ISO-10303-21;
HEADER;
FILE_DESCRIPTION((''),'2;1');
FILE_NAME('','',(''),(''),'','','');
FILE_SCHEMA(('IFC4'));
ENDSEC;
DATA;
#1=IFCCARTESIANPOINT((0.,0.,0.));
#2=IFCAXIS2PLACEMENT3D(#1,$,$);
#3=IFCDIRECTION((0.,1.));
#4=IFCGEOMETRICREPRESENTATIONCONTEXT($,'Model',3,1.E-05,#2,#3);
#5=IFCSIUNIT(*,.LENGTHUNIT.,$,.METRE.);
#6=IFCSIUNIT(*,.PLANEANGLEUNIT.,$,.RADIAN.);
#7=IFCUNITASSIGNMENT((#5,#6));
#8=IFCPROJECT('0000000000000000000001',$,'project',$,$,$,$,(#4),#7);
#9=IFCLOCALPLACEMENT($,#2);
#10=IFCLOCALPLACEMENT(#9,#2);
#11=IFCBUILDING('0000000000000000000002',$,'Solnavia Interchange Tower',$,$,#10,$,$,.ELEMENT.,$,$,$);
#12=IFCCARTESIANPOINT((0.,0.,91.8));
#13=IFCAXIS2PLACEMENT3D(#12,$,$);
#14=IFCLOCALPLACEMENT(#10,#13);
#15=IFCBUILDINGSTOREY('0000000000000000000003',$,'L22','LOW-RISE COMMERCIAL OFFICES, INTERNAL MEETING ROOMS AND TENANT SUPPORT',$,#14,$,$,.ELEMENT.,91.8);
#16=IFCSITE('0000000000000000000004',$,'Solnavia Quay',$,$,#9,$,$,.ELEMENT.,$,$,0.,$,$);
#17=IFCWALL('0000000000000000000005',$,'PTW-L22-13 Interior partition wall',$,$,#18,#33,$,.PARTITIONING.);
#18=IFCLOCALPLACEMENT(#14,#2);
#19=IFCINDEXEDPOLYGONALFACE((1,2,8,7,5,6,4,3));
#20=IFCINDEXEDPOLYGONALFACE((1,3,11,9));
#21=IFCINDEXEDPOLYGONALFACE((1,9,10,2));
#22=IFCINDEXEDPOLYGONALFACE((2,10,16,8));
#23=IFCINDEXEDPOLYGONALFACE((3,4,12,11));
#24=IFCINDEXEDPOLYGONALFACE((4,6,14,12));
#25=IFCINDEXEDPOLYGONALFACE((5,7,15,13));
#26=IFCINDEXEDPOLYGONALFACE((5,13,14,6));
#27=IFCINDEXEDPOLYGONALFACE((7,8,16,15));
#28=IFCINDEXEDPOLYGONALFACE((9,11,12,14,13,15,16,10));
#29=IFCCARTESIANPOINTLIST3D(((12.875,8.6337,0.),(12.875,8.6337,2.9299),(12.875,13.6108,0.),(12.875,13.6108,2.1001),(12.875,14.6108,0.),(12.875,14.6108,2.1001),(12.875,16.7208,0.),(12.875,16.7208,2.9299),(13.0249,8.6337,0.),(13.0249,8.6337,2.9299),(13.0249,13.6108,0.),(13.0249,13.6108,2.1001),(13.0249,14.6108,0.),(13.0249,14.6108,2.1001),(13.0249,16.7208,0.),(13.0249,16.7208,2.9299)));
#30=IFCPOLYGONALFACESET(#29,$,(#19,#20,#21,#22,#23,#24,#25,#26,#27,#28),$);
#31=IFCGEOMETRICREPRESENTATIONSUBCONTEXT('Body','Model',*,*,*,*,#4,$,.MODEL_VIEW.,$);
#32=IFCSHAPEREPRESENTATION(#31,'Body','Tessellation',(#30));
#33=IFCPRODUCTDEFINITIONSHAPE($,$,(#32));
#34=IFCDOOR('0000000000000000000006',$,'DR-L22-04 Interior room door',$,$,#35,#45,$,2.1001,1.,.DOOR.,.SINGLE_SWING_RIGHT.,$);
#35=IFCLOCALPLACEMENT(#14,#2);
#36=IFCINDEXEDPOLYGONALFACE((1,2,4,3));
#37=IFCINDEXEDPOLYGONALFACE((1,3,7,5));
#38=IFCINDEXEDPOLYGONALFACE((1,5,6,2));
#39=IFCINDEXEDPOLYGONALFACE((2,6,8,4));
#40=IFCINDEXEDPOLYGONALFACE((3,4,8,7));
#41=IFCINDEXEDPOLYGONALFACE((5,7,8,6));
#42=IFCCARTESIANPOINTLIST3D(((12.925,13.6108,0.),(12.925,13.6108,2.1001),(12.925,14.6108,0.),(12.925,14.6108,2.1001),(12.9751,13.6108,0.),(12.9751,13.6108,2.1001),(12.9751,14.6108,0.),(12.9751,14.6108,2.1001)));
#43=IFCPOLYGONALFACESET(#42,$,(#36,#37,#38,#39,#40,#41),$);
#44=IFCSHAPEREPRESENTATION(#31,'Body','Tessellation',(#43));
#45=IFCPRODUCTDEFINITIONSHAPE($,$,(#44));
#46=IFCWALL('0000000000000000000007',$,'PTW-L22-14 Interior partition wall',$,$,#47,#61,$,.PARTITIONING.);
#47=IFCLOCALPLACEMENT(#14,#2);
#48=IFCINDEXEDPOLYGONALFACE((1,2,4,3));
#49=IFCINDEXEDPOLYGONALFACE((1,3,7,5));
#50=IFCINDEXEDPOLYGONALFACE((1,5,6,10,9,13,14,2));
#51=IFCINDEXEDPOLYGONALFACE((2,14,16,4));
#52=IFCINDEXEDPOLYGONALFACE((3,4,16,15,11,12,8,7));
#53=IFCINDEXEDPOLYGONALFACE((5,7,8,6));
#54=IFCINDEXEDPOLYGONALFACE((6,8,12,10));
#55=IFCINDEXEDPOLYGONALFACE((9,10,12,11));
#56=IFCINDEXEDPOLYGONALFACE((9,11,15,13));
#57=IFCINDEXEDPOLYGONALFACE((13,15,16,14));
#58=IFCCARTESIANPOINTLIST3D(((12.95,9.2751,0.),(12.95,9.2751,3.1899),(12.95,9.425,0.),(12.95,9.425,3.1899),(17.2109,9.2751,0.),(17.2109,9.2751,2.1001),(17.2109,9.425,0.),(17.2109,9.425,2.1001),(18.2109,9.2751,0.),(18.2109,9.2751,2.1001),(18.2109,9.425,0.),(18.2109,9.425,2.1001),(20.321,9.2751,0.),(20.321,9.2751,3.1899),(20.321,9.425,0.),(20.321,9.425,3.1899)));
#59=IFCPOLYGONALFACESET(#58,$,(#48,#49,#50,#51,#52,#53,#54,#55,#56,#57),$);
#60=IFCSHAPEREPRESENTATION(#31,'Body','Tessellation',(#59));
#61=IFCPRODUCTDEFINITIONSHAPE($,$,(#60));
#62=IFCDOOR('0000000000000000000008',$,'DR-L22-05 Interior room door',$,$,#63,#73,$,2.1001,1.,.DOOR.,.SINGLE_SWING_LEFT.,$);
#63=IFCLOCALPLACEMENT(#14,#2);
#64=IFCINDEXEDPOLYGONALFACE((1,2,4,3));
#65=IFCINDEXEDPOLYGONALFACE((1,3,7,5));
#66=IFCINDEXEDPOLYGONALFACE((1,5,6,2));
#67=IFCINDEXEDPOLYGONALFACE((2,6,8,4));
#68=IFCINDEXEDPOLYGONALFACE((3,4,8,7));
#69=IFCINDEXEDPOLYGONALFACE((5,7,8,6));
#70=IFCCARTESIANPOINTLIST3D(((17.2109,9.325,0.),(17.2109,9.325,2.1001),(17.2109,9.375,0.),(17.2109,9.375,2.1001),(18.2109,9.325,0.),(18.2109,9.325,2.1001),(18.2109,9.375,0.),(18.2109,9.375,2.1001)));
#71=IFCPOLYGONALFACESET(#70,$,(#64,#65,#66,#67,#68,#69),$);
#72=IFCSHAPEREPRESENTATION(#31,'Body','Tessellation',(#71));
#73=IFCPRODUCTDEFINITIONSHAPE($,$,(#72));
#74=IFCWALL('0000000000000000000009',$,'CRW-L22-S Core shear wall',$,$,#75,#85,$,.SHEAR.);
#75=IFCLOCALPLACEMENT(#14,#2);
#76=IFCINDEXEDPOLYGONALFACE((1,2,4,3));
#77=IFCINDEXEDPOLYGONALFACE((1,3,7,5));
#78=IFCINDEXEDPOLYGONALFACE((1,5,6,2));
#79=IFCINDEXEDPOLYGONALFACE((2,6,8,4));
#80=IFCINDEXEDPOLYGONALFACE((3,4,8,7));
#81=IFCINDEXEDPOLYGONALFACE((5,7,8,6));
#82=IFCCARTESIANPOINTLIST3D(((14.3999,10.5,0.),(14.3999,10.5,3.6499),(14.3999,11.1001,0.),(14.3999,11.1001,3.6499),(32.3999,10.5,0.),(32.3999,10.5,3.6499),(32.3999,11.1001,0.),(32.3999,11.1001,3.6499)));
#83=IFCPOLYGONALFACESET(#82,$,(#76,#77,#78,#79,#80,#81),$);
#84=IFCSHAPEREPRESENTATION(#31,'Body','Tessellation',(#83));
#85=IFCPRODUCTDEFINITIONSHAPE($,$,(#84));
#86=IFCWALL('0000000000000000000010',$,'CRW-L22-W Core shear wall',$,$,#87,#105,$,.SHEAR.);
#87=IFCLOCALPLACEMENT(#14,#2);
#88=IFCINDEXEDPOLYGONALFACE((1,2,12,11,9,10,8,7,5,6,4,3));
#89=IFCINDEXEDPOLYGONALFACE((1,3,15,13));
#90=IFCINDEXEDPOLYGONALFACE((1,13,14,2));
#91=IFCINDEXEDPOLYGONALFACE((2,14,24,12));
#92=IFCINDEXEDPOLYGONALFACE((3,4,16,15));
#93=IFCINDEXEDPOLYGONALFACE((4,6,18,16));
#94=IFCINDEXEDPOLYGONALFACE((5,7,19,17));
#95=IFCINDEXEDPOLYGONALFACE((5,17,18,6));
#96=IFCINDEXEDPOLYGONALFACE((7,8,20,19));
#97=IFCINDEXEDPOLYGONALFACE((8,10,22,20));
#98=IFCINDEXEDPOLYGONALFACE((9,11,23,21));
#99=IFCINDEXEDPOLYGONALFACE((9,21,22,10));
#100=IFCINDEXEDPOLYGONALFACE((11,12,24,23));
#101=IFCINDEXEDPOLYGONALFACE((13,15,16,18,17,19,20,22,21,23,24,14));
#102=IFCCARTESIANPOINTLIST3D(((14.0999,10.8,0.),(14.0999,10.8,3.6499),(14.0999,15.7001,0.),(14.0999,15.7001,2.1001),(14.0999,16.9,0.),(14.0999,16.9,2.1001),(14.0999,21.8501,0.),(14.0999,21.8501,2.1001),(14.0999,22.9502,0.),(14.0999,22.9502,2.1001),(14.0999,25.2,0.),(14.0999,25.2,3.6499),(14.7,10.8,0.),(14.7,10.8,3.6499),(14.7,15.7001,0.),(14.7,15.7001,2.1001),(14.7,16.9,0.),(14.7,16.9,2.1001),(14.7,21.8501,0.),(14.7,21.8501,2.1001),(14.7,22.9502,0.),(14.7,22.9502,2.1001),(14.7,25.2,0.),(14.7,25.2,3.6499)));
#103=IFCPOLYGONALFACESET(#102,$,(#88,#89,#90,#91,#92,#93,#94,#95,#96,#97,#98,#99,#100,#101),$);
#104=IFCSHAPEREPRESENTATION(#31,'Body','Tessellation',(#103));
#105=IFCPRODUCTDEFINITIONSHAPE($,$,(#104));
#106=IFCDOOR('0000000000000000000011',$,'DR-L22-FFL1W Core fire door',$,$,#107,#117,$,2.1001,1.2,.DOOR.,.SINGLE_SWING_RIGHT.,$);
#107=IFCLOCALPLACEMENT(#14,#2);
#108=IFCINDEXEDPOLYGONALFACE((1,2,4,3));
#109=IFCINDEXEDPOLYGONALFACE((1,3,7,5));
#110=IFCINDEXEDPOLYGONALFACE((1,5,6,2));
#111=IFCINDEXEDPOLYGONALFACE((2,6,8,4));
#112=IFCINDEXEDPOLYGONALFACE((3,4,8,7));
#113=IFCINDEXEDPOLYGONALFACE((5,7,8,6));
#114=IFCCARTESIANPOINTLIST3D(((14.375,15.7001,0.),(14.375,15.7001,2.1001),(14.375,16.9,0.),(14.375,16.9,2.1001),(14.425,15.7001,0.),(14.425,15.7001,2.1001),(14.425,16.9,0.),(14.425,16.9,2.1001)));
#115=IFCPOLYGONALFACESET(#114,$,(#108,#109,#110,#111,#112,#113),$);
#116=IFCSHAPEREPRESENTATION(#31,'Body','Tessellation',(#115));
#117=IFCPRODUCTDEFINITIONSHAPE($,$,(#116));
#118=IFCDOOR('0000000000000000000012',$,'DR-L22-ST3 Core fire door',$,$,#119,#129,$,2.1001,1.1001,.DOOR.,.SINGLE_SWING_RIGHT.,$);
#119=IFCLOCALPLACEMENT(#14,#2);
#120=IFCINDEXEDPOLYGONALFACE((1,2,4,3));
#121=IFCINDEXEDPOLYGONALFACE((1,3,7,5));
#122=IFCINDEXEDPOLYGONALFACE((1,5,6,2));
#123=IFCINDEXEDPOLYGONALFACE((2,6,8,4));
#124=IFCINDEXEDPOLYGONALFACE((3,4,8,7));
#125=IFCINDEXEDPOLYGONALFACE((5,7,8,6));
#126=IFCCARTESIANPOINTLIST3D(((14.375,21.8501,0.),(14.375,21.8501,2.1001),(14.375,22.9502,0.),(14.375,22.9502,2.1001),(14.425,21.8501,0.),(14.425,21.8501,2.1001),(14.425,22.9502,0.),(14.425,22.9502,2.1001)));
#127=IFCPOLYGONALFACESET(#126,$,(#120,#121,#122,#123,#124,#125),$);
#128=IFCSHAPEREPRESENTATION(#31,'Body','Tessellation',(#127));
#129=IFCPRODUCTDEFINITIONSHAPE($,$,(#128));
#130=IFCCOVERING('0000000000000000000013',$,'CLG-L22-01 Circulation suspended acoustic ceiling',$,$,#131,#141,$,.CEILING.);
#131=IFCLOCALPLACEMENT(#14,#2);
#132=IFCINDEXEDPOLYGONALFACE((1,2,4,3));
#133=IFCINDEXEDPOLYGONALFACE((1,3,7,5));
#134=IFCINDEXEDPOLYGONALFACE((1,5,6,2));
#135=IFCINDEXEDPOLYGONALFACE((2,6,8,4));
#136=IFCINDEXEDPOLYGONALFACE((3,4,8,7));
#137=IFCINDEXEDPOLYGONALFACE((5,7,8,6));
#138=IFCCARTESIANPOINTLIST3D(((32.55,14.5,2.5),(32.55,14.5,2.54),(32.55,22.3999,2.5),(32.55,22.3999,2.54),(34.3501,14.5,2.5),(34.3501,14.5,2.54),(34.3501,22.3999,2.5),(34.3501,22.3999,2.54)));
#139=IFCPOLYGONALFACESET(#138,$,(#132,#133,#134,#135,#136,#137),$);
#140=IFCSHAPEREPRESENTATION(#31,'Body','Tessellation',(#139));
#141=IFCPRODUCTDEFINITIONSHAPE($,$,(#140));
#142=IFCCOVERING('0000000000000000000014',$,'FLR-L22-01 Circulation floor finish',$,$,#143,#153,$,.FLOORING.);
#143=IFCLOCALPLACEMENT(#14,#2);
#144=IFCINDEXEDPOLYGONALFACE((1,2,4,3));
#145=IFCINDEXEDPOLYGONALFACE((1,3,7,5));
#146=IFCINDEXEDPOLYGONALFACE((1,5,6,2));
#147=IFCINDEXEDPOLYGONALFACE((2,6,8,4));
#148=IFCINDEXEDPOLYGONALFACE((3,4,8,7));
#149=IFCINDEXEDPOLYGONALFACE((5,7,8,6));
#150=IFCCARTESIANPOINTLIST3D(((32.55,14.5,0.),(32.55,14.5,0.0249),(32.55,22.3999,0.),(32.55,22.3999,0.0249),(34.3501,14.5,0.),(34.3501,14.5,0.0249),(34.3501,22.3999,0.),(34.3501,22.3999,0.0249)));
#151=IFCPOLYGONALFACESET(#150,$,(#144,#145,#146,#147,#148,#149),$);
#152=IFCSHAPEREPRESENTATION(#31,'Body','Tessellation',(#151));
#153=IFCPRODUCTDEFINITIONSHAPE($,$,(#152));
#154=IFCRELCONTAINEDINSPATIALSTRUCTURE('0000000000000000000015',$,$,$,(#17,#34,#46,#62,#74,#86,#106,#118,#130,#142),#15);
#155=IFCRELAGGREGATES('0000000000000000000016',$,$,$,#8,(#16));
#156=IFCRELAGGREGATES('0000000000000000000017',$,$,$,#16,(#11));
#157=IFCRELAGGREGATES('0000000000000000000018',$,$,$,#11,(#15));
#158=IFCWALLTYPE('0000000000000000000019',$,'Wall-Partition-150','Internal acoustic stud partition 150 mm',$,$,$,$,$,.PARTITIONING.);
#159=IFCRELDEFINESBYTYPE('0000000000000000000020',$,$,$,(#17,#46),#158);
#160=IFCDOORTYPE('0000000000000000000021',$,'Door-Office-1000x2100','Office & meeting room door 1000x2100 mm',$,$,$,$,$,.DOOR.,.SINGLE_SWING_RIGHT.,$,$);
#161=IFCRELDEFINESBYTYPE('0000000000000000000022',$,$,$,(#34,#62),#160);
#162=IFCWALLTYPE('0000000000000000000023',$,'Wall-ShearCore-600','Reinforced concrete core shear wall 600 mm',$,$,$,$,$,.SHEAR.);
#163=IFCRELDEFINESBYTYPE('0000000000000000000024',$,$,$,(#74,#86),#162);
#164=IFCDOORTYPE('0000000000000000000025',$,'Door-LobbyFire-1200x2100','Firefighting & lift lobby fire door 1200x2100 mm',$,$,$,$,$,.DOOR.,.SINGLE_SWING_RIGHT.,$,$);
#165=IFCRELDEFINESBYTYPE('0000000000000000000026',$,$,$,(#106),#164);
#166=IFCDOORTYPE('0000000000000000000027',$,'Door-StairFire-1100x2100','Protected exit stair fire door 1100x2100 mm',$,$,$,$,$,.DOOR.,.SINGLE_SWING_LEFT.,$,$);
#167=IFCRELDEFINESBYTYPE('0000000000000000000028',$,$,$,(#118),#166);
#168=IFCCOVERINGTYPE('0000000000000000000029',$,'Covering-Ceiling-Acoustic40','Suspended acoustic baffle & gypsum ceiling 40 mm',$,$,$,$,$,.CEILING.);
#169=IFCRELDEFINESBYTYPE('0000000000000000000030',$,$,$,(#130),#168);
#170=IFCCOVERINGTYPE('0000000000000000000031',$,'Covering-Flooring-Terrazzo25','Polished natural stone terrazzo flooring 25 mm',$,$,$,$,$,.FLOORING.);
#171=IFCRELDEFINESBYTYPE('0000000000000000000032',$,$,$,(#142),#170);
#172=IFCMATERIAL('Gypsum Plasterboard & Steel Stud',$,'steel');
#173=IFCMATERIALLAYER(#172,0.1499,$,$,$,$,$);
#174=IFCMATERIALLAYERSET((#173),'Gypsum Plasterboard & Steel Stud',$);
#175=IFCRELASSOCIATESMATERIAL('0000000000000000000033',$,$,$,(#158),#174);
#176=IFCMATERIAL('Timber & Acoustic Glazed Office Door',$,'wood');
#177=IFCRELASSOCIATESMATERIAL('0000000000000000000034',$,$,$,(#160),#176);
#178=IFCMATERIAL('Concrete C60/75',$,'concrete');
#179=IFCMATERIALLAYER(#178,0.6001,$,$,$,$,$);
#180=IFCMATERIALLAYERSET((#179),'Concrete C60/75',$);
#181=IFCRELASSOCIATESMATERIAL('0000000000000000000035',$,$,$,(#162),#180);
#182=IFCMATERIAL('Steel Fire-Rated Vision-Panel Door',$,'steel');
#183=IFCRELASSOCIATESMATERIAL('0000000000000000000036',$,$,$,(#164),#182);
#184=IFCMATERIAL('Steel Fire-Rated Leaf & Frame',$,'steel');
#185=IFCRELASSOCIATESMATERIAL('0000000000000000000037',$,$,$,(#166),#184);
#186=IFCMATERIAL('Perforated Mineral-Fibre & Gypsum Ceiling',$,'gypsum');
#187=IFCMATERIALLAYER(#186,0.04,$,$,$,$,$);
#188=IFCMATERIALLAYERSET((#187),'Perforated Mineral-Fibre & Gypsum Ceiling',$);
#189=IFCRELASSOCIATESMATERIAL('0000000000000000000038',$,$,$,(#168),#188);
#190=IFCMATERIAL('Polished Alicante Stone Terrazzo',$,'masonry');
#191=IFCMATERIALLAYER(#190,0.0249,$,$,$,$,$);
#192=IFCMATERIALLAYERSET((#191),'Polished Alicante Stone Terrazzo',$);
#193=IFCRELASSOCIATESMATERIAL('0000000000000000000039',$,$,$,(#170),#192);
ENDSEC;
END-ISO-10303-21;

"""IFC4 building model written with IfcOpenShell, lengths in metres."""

from ifc_helpers import new_model, si_unit, direction, frame, frame_2d, origin, place, context, subcontext, project, spatial, polyline, rectangle, outline, extrude, material, layer, layer_set, type_object, element, fill, save


model = new_model("IFC4")

# Units and contexts
model_context = context("Model", 3, precision=1e-05, world=origin(), true_north=direction((0.0, 1.0)))
body_context = subcontext(model_context, "Body", "Model", "MODEL_VIEW")
ifc_project = project(units=[si_unit("LENGTHUNIT", "METRE"), si_unit("PLANEANGLEUNIT", "RADIAN")], contexts=[model_context])

# Site, building, storey
site_placement = place(None, origin())
site = spatial("IfcSite", under=ifc_project, at=site_placement, Name="Solnavia Quay", CompositionType="ELEMENT", RefElevation=0.0)
building_placement = place(site_placement, origin())
building = spatial("IfcBuilding", under=site, at=building_placement, Name="Solnavia Interchange Tower", CompositionType="ELEMENT")
storey_placement = place(building_placement, frame((0.0, 0.0, 91.8)))
storey = spatial("IfcBuildingStorey", under=building, at=storey_placement, Name="L22", Description="LOW-RISE COMMERCIAL OFFICES, INTERNAL MEETING ROOMS AND TENANT SUPPORT", CompositionType="ELEMENT", Elevation=91.8)

# Shared definitions
ifc_material_1 = material(Name="Concrete C60/75", Category="concrete")

# Shared definitions
ifc_material_2 = material(Name="Gypsum Plasterboard & Steel Stud", Category="steel")
ifc_layer_1 = layer(ifc_material_2, 0.1499)
ifc_layer_set_1 = layer_set([ifc_layer_1], Name="Gypsum Plasterboard & Steel Stud")
wall_type_1 = type_object("IfcWallType", Name="Wall-Partition-150", Description="Internal acoustic stud partition 150 mm", PredefinedType="PARTITIONING", material=ifc_layer_set_1)

# Walls, openings, doors
wall_1_placement = place(storey_placement, frame((12.95, 8.6338, 0.0), z_axis=(0.0, 0.0, 1.0), x_axis=(0.0, 1.0, 0.0)))
wall_1 = element("IfcWall", 1, at=wall_1_placement, inside=storey, type_object=wall_type_1, Name="PTW-L22-13 Interior partition wall", PredefinedType="PARTITIONING", context=body_context, shape_type="SweptSolid", body=[
    extrude(rectangle(XDim=8.0872, YDim=0.1499, at=frame_2d((4.0435, 0.0))), origin(), (0.0, 0.0, 1.0), 2.9299),
])
opening_1_placement = place(wall_1_placement, frame((4.9771, 0.0, 0.0)))
opening_1 = element("IfcOpeningElement", 2, at=opening_1_placement, cuts=wall_1, PredefinedType="OPENING", context=body_context, shape_type="SweptSolid", body=[
    extrude(rectangle(XDim=1.0, YDim=2.1001, at=frame_2d((0.5, 1.05))), frame((0.0, 0.085, 0.0), z_axis=(0.0, -1.0, 0.0), x_axis=(1.0, 0.0, 0.0)), (0.0, 0.0, 1.0), 0.1699),
])
ifc_material_3 = material(Name="Timber & Acoustic Glazed Office Door", Category="wood")
door_type_1 = type_object("IfcDoorType", Name="Door-Office-1000x2100", Description="Office & meeting room door 1000x2100 mm", OperationType="SINGLE_SWING_RIGHT", PredefinedType="DOOR", material=ifc_material_3)
door_1_placement = place(opening_1_placement, origin())
door_1 = element("IfcDoor", 3, at=door_1_placement, inside=storey, type_object=door_type_1, Name="DR-L22-04 Interior room door", OperationType="SINGLE_SWING_RIGHT", OverallHeight=2.1001, OverallWidth=1.0, PredefinedType="DOOR", context=body_context, shape_type="SweptSolid", body=[
    extrude(rectangle(XDim=1.0, YDim=2.1001, at=frame_2d((0.5, 1.05))), frame((0.0, 0.0249, 0.0), z_axis=(0.0, -1.0, 0.0), x_axis=(1.0, 0.0, 0.0)), (0.0, 0.0, 1.0), 0.05),
])
fill(opening_1, door_1)
wall_2_placement = place(storey_placement, frame((12.95, 9.3501, 0.0), z_axis=(0.0, 0.0, 1.0), x_axis=(1.0, 0.0, 0.0)))
wall_2 = element("IfcWall", 4, at=wall_2_placement, inside=storey, type_object=wall_type_1, Name="PTW-L22-14 Interior partition wall", PredefinedType="PARTITIONING", context=body_context, shape_type="SweptSolid", body=[
    extrude(rectangle(XDim=7.3711, YDim=0.1499, at=frame_2d((3.6855, 0.0))), origin(), (0.0, 0.0, 1.0), 3.1899),
])
opening_2_placement = place(wall_2_placement, frame((4.261, 0.0, 0.0)))
opening_2 = element("IfcOpeningElement", 5, at=opening_2_placement, cuts=wall_2, PredefinedType="OPENING", context=body_context, shape_type="SweptSolid", body=[
    extrude(rectangle(XDim=1.0, YDim=2.1001, at=frame_2d((0.5, 1.05))), frame((0.0, 0.085, 0.0), z_axis=(0.0, -1.0, 0.0), x_axis=(1.0, 0.0, 0.0)), (0.0, 0.0, 1.0), 0.1699),
])
door_2_placement = place(opening_2_placement, origin())
door_2 = element("IfcDoor", 6, at=door_2_placement, inside=storey, type_object=door_type_1, Name="DR-L22-05 Interior room door", OperationType="SINGLE_SWING_LEFT", OverallHeight=2.1001, OverallWidth=1.0, PredefinedType="DOOR", context=body_context, shape_type="SweptSolid", body=[
    extrude(rectangle(XDim=1.0, YDim=2.1001, at=frame_2d((0.5, 1.05))), frame((0.0, 0.0249, 0.0), z_axis=(0.0, -1.0, 0.0), x_axis=(1.0, 0.0, 0.0)), (0.0, 0.0, 1.0), 0.05),
])
fill(opening_2, door_2)

# Wall
ifc_layer_2 = layer(ifc_material_1, 0.6001)
ifc_layer_set_2 = layer_set([ifc_layer_2], Name="Concrete C60/75")
wall_type_2 = type_object("IfcWallType", Name="Wall-ShearCore-600", Description="Reinforced concrete core shear wall 600 mm", PredefinedType="SHEAR", material=ifc_layer_set_2)
wall_3_placement = place(storey_placement, frame((14.3999, 10.8, 0.0), z_axis=(0.0, 0.0, 1.0), x_axis=(1.0, 0.0, 0.0)))
element("IfcWall", 7, at=wall_3_placement, inside=storey, type_object=wall_type_2, Name="CRW-L22-S Core shear wall", PredefinedType="SHEAR", context=body_context, shape_type="SweptSolid", body=[
    extrude(rectangle(XDim=18.0, YDim=0.6001, at=frame_2d((9.0, 0.0))), origin(), (0.0, 0.0, 1.0), 3.6499),
])

# Wall, openings, doors
wall_4_placement = place(storey_placement, frame((14.3999, 10.8, 0.0), z_axis=(0.0, 0.0, 1.0), x_axis=(0.0, 1.0, 0.0)))
wall_4 = element("IfcWall", 8, at=wall_4_placement, inside=storey, type_object=wall_type_2, Name="CRW-L22-W Core shear wall", PredefinedType="SHEAR", context=body_context, shape_type="SweptSolid", body=[
    extrude(rectangle(XDim=14.3999, YDim=0.6001, at=frame_2d((7.2, 0.0))), origin(), (0.0, 0.0, 1.0), 3.6499),
])
opening_3_placement = place(wall_4_placement, frame((11.05, 0.0, 0.0)))
opening_3 = element("IfcOpeningElement", 9, at=opening_3_placement, cuts=wall_4, PredefinedType="OPENING", context=body_context, shape_type="SweptSolid", body=[
    extrude(rectangle(XDim=1.1001, YDim=2.1001, at=frame_2d((0.55, 1.05))), frame((0.0, 0.3101, 0.0), z_axis=(0.0, -1.0, 0.0), x_axis=(1.0, 0.0, 0.0)), (0.0, 0.0, 1.0), 0.6201),
])
opening_4_placement = place(wall_4_placement, frame((4.8999, 0.0, 0.0)))
opening_4 = element("IfcOpeningElement", 10, at=opening_4_placement, cuts=wall_4, PredefinedType="OPENING", context=body_context, shape_type="SweptSolid", body=[
    extrude(rectangle(XDim=1.2, YDim=2.1001, at=frame_2d((0.6001, 1.05))), frame((0.0, 0.3101, 0.0), z_axis=(0.0, -1.0, 0.0), x_axis=(1.0, 0.0, 0.0)), (0.0, 0.0, 1.0), 0.6201),
])
ifc_material_4 = material(Name="Steel Fire-Rated Vision-Panel Door", Category="steel")
door_type_2 = type_object("IfcDoorType", Name="Door-LobbyFire-1200x2100", Description="Firefighting & lift lobby fire door 1200x2100 mm", OperationType="SINGLE_SWING_RIGHT", PredefinedType="DOOR", material=ifc_material_4)
door_3_placement = place(opening_4_placement, origin())
door_3 = element("IfcDoor", 11, at=door_3_placement, inside=storey, type_object=door_type_2, Name="DR-L22-FFL1W Core fire door", OperationType="SINGLE_SWING_RIGHT", OverallHeight=2.1001, OverallWidth=1.2, PredefinedType="DOOR", context=body_context, shape_type="SweptSolid", body=[
    extrude(rectangle(XDim=1.2, YDim=2.1001, at=frame_2d((0.6001, 1.05))), frame((0.0, 0.0249, 0.0), z_axis=(0.0, -1.0, 0.0), x_axis=(1.0, 0.0, 0.0)), (0.0, 0.0, 1.0), 0.05),
])
fill(opening_4, door_3)
ifc_material_5 = material(Name="Steel Fire-Rated Leaf & Frame", Category="steel")
door_type_3 = type_object("IfcDoorType", Name="Door-StairFire-1100x2100", Description="Protected exit stair fire door 1100x2100 mm", OperationType="SINGLE_SWING_LEFT", PredefinedType="DOOR", material=ifc_material_5)
door_4_placement = place(opening_3_placement, origin())
door_4 = element("IfcDoor", 12, at=door_4_placement, inside=storey, type_object=door_type_3, Name="DR-L22-ST3 Core fire door", OperationType="SINGLE_SWING_RIGHT", OverallHeight=2.1001, OverallWidth=1.1001, PredefinedType="DOOR", context=body_context, shape_type="SweptSolid", body=[
    extrude(rectangle(XDim=1.1001, YDim=2.1001, at=frame_2d((0.55, 1.05))), frame((0.0, 0.0249, 0.0), z_axis=(0.0, -1.0, 0.0), x_axis=(1.0, 0.0, 0.0)), (0.0, 0.0, 1.0), 0.05),
])
fill(opening_3, door_4)

# Coverings
ifc_material_6 = material(Name="Perforated Mineral-Fibre & Gypsum Ceiling", Category="gypsum")
ifc_layer_3 = layer(ifc_material_6, 0.04)
ifc_layer_set_3 = layer_set([ifc_layer_3], Name="Perforated Mineral-Fibre & Gypsum Ceiling")
covering_type_1 = type_object("IfcCoveringType", Name="Covering-Ceiling-Acoustic40", Description="Suspended acoustic baffle & gypsum ceiling 40 mm", PredefinedType="CEILING", material=ifc_layer_set_3)
covering_1_placement = place(storey_placement, frame((0.0, 0.0, 2.5)))
element("IfcCovering", 13, at=covering_1_placement, inside=storey, type_object=covering_type_1, Name="CLG-L22-01 Circulation suspended acoustic ceiling", PredefinedType="CEILING", context=body_context, shape_type="SweptSolid", body=[
    extrude(outline(polyline([(32.55, 14.5), (34.3501, 14.5), (34.3501, 22.3999), (32.55, 22.3999), (32.55, 14.5)])), origin(), (0.0, 0.0, 1.0), 0.04),
])
ifc_material_7 = material(Name="Polished Alicante Stone Terrazzo", Category="masonry")
ifc_layer_4 = layer(ifc_material_7, 0.0249)
ifc_layer_set_4 = layer_set([ifc_layer_4], Name="Polished Alicante Stone Terrazzo")
covering_type_2 = type_object("IfcCoveringType", Name="Covering-Flooring-Terrazzo25", Description="Polished natural stone terrazzo flooring 25 mm", PredefinedType="FLOORING", material=ifc_layer_set_4)
covering_2_placement = place(storey_placement, origin())
element("IfcCovering", 14, at=covering_2_placement, inside=storey, type_object=covering_type_2, Name="FLR-L22-01 Circulation floor finish", PredefinedType="FLOORING", context=body_context, shape_type="SweptSolid", body=[
    extrude(outline(polyline([(32.55, 14.5), (34.3501, 14.5), (34.3501, 22.3999), (32.55, 22.3999), (32.55, 14.5)])), origin(), (0.0, 0.0, 1.0), 0.0249),
])

save(model, "model.ifc")
